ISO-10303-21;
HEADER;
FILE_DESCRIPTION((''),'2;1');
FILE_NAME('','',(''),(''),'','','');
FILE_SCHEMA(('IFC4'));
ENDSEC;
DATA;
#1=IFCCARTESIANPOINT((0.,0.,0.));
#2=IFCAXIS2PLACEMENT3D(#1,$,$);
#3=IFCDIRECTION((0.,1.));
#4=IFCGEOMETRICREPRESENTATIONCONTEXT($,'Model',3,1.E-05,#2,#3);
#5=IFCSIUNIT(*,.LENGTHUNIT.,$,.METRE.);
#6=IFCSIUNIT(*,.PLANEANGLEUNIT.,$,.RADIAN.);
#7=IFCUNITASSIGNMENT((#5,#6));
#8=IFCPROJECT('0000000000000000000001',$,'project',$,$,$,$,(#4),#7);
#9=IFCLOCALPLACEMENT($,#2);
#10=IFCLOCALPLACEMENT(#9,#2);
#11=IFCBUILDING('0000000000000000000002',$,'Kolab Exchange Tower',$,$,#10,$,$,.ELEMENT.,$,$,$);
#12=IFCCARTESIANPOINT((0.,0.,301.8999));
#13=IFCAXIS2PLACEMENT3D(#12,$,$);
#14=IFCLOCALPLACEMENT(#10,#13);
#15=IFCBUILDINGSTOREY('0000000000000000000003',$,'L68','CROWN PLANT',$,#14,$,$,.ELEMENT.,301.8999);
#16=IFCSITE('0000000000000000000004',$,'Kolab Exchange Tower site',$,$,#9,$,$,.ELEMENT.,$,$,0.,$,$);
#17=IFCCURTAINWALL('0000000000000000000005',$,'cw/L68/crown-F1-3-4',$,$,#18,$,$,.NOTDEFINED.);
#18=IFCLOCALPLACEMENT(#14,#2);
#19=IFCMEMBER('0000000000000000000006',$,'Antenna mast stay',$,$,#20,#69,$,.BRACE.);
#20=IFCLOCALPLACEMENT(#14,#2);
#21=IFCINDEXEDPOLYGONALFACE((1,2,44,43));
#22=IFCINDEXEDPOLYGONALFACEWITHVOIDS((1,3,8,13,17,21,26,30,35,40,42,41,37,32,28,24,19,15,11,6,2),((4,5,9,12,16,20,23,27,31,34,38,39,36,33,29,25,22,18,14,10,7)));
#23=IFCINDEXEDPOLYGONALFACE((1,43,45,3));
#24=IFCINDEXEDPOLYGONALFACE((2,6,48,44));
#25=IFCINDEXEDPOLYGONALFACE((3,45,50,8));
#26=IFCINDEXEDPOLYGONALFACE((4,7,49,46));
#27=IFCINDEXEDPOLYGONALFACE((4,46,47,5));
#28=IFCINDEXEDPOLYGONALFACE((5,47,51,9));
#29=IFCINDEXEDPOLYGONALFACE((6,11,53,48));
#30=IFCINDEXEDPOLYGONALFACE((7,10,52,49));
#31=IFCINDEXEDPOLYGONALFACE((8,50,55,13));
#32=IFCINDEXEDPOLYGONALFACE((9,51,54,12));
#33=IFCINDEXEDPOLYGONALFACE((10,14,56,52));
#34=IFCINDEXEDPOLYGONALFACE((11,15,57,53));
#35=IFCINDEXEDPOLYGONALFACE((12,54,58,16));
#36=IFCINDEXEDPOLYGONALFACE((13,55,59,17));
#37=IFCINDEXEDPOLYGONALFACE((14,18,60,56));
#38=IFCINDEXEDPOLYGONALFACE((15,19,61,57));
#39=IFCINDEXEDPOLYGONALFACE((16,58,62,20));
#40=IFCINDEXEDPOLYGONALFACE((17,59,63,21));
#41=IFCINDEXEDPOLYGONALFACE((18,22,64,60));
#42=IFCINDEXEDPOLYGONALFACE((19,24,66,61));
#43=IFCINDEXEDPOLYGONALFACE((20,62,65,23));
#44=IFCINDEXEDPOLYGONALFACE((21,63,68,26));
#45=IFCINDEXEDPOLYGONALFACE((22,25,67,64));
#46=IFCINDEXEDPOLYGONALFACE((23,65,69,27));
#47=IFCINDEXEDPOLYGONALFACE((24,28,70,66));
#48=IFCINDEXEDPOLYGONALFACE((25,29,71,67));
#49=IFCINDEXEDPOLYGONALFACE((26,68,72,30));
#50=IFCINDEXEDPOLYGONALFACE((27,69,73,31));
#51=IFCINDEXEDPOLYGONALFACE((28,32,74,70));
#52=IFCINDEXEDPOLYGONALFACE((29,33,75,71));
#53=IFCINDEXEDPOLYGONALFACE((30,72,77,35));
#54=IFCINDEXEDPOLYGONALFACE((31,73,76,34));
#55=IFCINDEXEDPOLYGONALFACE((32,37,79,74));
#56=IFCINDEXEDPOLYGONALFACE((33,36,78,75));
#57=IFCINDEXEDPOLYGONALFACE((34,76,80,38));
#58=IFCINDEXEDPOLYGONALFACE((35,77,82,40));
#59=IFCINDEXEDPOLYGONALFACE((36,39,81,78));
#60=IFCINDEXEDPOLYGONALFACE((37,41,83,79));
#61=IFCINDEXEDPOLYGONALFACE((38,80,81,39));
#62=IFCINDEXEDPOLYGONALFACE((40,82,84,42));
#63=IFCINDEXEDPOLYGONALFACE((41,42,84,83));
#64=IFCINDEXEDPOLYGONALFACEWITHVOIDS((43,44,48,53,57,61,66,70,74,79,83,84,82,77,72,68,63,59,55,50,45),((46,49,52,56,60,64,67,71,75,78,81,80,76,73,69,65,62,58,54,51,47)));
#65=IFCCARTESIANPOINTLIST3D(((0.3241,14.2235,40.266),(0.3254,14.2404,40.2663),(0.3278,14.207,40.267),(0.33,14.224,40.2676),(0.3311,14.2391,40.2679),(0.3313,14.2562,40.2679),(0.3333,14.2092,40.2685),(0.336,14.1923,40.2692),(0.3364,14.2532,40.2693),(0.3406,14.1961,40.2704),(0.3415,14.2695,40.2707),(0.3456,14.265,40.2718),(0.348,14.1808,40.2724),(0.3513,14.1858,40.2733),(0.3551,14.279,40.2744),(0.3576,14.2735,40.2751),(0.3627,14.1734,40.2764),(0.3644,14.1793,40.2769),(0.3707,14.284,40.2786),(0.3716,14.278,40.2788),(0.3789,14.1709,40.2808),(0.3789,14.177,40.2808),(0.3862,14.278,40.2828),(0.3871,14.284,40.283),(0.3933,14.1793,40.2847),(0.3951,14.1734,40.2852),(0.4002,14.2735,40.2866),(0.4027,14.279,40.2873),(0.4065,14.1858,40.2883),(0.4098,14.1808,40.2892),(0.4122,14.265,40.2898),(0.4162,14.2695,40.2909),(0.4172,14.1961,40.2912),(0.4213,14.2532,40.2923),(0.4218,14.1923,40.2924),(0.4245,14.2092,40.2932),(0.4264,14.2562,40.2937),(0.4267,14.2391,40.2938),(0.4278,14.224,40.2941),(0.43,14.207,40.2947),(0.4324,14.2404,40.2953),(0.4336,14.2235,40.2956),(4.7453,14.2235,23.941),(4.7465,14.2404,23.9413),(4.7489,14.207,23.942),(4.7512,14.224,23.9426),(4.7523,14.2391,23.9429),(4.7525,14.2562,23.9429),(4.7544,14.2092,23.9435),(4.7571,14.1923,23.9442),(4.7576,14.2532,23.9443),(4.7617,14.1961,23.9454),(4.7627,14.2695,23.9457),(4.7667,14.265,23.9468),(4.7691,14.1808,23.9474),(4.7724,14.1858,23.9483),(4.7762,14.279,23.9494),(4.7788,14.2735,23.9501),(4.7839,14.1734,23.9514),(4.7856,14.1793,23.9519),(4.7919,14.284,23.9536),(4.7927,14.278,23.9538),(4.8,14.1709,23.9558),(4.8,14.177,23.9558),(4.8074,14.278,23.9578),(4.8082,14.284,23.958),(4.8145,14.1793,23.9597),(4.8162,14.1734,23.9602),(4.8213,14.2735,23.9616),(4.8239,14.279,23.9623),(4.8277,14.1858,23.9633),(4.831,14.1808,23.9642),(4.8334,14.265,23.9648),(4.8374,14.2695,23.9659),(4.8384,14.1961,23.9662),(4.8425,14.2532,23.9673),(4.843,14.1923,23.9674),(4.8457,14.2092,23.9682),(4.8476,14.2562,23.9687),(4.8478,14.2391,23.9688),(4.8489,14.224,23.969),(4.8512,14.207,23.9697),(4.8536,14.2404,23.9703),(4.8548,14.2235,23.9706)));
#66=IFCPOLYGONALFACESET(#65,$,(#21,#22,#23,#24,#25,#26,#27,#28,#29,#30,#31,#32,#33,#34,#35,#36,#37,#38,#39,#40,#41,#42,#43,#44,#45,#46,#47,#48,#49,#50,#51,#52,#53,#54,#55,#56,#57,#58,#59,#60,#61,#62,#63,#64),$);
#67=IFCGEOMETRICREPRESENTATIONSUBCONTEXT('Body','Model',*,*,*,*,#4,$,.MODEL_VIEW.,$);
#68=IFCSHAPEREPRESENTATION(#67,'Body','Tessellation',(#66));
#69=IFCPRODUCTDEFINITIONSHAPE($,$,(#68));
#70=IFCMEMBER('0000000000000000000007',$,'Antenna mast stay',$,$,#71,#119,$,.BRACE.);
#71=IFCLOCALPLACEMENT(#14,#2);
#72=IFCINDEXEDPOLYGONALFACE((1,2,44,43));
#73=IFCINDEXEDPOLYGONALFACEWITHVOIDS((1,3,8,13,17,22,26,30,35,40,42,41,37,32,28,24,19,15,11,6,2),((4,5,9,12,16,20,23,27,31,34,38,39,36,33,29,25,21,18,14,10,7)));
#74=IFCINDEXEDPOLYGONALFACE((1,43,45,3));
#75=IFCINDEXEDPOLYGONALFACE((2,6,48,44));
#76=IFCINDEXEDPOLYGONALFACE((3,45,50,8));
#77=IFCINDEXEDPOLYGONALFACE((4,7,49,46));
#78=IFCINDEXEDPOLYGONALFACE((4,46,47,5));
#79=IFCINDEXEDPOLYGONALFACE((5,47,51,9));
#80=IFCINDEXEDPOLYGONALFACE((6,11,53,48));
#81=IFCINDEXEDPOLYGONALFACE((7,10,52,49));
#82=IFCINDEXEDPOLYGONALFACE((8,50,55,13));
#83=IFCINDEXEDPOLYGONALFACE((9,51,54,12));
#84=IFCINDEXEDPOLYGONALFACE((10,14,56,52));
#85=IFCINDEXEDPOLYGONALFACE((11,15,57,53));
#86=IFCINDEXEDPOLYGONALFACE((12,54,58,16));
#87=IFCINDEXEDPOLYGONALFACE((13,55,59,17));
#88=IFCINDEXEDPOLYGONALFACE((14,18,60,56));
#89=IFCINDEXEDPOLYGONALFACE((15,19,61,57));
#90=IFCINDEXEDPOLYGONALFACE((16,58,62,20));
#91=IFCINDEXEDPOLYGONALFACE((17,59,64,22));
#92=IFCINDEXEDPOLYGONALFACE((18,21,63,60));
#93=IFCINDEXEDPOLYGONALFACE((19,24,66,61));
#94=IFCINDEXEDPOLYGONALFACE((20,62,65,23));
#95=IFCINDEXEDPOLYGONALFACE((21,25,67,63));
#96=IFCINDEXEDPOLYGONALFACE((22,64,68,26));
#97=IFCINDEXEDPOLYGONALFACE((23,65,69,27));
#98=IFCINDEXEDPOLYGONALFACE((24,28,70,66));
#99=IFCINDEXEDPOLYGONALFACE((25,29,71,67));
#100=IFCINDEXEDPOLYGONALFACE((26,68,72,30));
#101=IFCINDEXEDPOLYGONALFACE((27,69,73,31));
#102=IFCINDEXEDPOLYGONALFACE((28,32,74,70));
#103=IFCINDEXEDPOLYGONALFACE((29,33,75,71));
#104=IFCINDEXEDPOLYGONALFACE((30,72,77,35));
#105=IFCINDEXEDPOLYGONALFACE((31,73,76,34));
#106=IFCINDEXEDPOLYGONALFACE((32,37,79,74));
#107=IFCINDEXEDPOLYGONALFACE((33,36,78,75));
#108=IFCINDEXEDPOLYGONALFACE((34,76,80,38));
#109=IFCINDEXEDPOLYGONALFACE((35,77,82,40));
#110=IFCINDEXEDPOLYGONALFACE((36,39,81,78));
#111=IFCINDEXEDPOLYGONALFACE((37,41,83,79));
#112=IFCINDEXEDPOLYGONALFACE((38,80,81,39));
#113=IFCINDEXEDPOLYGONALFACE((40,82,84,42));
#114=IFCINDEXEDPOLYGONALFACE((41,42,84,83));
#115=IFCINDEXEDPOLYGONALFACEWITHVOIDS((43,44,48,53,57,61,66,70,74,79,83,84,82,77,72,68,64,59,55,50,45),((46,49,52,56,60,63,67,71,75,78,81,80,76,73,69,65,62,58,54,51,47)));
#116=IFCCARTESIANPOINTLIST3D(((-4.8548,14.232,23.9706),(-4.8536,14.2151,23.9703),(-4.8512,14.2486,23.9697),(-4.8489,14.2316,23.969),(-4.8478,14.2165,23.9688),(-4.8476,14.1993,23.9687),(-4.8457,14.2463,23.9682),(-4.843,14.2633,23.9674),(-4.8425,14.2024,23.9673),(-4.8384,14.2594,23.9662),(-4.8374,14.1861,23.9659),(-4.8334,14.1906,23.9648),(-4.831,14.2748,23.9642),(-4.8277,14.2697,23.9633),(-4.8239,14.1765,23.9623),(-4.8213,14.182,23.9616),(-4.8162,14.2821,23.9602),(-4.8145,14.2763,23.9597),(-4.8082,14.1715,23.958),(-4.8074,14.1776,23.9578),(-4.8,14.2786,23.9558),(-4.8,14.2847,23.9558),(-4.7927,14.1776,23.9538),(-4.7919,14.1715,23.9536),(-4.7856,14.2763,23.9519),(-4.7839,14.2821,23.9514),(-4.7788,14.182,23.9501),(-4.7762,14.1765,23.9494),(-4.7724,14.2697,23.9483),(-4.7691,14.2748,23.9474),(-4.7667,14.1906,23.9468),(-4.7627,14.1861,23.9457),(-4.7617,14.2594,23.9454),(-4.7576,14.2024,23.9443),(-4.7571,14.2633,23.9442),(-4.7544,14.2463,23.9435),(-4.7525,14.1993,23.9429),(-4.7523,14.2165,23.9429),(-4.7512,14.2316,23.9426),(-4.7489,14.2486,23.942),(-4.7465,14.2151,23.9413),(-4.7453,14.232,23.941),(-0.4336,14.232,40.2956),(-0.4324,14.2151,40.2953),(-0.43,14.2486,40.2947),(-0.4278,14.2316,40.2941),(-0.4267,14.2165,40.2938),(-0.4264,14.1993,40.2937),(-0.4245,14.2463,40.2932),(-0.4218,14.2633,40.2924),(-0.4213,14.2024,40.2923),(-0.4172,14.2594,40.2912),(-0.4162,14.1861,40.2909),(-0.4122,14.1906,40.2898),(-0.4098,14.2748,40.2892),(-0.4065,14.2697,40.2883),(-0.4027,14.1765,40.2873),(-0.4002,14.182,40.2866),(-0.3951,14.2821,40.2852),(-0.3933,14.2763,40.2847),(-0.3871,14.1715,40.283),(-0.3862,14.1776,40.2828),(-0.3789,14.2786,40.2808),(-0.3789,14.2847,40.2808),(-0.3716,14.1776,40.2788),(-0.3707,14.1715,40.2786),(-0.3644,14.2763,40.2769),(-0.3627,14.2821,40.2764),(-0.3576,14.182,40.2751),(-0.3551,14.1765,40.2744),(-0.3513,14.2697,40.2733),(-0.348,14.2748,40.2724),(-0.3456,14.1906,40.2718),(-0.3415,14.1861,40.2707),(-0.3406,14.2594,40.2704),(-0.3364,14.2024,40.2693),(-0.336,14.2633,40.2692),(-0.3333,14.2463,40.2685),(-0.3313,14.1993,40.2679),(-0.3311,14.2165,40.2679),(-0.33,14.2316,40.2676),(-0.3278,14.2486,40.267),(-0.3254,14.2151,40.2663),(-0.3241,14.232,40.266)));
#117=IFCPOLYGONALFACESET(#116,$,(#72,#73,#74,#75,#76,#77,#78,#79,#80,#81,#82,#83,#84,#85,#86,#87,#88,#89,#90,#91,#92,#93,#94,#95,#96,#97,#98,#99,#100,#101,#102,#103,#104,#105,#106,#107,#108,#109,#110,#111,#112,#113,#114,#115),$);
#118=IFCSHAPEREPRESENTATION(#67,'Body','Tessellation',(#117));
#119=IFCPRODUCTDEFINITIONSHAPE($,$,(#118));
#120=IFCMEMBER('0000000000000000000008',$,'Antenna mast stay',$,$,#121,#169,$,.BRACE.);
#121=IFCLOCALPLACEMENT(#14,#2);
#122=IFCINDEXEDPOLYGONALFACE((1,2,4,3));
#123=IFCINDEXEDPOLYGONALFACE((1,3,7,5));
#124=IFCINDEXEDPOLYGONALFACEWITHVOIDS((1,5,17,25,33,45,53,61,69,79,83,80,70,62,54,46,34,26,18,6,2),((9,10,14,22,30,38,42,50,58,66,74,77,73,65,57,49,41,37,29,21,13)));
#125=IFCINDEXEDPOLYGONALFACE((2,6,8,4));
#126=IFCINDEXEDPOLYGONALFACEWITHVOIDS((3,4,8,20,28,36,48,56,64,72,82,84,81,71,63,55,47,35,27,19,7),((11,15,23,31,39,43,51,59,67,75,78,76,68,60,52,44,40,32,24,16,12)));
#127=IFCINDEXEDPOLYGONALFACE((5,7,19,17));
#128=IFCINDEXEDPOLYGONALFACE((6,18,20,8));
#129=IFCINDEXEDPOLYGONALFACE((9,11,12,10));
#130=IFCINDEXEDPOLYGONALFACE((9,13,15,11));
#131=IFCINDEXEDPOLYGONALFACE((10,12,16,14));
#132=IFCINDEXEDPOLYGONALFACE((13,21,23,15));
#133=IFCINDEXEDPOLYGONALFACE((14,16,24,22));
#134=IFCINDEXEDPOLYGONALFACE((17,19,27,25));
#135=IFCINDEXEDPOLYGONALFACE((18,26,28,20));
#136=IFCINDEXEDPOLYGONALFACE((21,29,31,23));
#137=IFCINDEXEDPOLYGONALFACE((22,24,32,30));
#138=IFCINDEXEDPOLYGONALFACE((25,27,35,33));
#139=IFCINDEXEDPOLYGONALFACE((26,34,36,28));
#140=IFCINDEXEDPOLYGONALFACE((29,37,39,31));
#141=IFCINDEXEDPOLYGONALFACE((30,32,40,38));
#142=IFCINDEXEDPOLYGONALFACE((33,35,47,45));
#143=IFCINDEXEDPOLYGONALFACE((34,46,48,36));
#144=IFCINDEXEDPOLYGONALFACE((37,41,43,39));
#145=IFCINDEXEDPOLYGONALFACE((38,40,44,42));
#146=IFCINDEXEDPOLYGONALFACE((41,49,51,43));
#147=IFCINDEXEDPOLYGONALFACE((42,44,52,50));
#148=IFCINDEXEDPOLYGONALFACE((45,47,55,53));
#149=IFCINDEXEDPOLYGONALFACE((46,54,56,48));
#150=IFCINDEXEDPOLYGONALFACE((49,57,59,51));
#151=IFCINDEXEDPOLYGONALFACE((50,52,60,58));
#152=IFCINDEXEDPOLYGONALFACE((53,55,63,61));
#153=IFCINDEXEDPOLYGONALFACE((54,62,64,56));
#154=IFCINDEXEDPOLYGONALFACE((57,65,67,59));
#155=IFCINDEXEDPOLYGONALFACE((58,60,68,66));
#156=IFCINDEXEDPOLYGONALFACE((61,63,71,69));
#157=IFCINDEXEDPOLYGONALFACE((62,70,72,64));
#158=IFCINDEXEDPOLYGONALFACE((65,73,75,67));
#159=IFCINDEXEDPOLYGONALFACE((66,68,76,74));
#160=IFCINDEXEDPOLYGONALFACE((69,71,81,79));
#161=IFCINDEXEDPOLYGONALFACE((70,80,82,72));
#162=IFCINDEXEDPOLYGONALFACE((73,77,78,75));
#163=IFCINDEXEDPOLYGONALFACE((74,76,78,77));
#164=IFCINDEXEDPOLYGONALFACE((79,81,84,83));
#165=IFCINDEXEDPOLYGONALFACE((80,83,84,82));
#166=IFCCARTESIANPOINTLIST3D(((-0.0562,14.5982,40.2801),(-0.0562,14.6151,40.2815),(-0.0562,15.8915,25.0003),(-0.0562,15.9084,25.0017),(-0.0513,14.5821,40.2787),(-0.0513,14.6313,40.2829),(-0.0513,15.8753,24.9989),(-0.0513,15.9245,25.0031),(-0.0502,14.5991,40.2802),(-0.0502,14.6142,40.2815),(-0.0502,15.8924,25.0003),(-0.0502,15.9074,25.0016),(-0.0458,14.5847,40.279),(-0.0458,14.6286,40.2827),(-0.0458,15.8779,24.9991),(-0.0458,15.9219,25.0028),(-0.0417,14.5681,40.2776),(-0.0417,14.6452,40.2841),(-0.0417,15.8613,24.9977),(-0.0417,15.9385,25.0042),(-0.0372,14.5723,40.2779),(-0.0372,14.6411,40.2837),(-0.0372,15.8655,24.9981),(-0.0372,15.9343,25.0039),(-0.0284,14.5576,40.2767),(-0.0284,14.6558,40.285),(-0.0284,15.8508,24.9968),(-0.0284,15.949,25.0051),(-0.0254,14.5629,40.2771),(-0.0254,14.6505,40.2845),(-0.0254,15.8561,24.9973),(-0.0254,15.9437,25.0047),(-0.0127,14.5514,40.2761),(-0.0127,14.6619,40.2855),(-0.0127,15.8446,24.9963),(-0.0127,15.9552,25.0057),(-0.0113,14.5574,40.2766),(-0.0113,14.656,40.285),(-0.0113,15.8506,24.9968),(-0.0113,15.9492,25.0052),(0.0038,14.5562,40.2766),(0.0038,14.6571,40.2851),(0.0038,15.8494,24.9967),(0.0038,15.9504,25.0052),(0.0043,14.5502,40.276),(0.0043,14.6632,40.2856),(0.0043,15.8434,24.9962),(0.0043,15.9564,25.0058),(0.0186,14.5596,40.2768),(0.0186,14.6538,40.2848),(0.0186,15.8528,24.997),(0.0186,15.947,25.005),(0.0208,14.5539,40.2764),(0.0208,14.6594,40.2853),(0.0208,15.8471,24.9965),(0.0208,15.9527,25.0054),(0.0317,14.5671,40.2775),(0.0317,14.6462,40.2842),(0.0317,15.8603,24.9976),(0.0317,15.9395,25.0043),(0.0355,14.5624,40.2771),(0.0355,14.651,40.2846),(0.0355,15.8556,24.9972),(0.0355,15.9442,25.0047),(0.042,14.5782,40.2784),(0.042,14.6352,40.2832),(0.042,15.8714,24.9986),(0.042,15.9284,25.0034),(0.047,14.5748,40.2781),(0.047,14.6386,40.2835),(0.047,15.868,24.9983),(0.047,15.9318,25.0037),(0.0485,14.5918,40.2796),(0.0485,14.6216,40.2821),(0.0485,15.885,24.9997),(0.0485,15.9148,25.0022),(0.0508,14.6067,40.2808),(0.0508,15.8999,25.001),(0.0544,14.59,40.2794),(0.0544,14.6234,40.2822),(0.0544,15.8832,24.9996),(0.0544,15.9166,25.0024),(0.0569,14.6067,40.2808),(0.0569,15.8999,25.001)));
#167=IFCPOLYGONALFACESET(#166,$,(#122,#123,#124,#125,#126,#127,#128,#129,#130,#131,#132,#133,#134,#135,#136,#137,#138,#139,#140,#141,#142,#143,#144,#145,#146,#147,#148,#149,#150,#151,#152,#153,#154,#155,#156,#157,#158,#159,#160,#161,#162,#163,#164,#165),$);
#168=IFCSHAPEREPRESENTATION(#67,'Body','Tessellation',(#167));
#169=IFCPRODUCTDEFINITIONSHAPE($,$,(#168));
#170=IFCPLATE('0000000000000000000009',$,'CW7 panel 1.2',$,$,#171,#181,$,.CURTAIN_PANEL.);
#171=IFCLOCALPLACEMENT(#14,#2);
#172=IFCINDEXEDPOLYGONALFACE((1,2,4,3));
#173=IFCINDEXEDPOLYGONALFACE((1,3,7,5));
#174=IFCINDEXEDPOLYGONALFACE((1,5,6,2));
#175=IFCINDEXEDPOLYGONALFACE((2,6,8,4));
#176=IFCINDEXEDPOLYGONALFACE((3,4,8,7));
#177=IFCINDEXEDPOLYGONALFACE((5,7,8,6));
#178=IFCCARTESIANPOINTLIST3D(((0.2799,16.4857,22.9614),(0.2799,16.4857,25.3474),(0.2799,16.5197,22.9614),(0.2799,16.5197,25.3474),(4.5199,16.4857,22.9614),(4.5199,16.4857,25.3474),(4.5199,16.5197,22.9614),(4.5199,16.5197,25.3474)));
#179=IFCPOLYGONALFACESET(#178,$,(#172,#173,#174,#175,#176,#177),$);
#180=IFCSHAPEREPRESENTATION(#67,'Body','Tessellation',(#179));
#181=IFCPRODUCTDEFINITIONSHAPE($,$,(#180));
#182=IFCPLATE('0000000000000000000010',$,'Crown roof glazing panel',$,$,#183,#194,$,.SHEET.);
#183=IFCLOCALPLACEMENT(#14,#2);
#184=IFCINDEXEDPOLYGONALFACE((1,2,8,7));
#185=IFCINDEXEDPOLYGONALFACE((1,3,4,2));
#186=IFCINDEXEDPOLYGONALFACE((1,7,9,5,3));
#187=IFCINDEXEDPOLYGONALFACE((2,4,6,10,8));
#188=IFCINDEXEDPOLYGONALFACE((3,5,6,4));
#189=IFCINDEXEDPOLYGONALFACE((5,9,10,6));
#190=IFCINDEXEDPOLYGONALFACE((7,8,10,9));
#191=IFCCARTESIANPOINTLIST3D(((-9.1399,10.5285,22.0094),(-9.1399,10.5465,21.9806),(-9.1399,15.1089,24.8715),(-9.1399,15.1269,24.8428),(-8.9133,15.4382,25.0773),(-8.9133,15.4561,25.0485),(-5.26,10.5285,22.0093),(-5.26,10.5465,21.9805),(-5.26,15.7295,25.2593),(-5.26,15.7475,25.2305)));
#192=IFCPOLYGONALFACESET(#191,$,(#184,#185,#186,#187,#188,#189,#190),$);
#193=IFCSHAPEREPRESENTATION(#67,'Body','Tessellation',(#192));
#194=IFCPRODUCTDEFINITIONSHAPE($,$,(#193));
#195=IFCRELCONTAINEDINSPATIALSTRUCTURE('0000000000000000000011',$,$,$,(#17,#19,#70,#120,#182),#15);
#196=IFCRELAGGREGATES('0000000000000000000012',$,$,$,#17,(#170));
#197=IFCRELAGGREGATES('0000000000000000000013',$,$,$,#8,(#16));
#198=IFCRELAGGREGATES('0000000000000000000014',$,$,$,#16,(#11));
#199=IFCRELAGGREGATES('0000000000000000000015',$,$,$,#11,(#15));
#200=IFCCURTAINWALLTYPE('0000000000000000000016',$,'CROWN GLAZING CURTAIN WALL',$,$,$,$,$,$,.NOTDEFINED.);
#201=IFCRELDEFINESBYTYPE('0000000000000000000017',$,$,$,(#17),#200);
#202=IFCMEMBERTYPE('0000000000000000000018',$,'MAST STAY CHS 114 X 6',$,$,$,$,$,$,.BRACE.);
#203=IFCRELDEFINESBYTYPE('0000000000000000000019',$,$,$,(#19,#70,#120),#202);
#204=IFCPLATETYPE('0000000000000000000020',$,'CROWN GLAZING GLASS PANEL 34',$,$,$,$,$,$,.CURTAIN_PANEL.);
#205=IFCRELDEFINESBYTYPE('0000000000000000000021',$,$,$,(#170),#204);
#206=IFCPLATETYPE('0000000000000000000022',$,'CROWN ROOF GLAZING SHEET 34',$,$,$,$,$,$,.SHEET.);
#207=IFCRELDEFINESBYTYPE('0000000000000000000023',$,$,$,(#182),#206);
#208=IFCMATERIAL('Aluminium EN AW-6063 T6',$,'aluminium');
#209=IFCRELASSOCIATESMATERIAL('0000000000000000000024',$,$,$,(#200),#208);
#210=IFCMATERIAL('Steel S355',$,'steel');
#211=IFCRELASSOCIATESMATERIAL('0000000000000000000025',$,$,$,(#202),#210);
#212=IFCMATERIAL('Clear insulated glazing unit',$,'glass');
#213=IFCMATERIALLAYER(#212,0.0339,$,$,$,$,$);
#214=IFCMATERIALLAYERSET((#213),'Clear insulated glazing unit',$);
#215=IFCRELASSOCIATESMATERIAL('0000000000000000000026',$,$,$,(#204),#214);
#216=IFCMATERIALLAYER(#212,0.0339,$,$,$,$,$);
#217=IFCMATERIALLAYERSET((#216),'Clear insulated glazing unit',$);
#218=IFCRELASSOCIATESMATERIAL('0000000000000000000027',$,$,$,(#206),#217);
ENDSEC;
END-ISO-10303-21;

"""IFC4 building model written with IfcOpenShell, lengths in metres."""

from ifc_helpers import new_model, si_unit, direction, frame, origin, origin_2d, place, context, subcontext, project, spatial, polyline, rectangle, hollow_circle, outline, extrude, material, layer, layer_set, material_profile, profile_set, type_object, element, aggregate, save


model = new_model("IFC4")

# Units and contexts
model_context = context("Model", 3, precision=1e-05, world=origin(), true_north=direction((0.0, 1.0)))
body_context = subcontext(model_context, "Body", "Model", "MODEL_VIEW")
ifc_project = project(units=[si_unit("LENGTHUNIT", "METRE"), si_unit("PLANEANGLEUNIT", "RADIAN")], contexts=[model_context])

# Site, building, storey
site_placement = place(None, origin())
site = spatial("IfcSite", under=ifc_project, at=site_placement, Name="Kolab Exchange Tower site", CompositionType="ELEMENT", RefElevation=0.0)
building_placement = place(site_placement, origin())
building = spatial("IfcBuilding", under=site, at=building_placement, Name="Kolab Exchange Tower", CompositionType="ELEMENT")
storey_placement = place(building_placement, frame((0.0, 0.0, 301.8999)))
storey = spatial("IfcBuildingStorey", under=building, at=storey_placement, Name="L68", Description="CROWN PLANT", CompositionType="ELEMENT", Elevation=301.8999)

# Shared definitions
ifc_material_1 = material(Name="Steel S355", Category="steel")

# Curtain wall
ifc_material_2 = material(Name="Aluminium EN AW-6063 T6", Category="aluminium")
curtain_wall_type = type_object("IfcCurtainWallType", Name="CROWN GLAZING CURTAIN WALL", PredefinedType="NOTDEFINED", material=ifc_material_2)
curtain_wall_1_placement = place(storey_placement, origin())
curtain_wall_1 = element("IfcCurtainWall", 1, at=curtain_wall_1_placement, inside=storey, type_object=curtain_wall_type, Name="cw/L68/crown-F1-3-4", PredefinedType="NOTDEFINED")

# Members
ifc_material_profile_1 = material_profile(ifc_material_1, hollow_circle(Radius=0.0569, WallThickness=0.0061, at=origin_2d()), Name="CHS 114X6")
ifc_profile_set_1 = profile_set([ifc_material_profile_1], Name="Steel S355")
member_type_1 = type_object("IfcMemberType", Name="MAST STAY CHS 114 X 6", PredefinedType="BRACE", material=ifc_profile_set_1)
for number, where, z_axis, x_axis, name in (
    (2, (4.8, 14.2278, 23.9558), (-0.261405, 0.0, 0.965229), (0.0, -1.0, 0.0), "Antenna mast stay"),
    (3, (-4.8, 14.2278, 23.9558), (0.261405, 0.0, 0.965229), (0.0, 1.0, 0.0), "Antenna mast stay"),
):
    element("IfcMember", number, at=place(storey_placement, frame(where, z_axis=z_axis, x_axis=x_axis)), inside=storey, type_object=member_type_1, Name=name, PredefinedType="BRACE", context=body_context, shape_type="SweptSolid", body=[
        extrude(hollow_circle(Radius=0.0569, WallThickness=0.0061, at=origin_2d()), origin(), (0.0, 0.0, 1.0), 16.9131),
    ])
member_1_placement = place(storey_placement, frame((0.0, 15.8999, 25.001), z_axis=(0.0, -0.084334, 0.996438), x_axis=(1.0, 0.0, 0.0)))
element("IfcMember", 4, at=member_1_placement, inside=storey, type_object=member_type_1, Name="Antenna mast stay", PredefinedType="BRACE", context=body_context, shape_type="SweptSolid", body=[
    extrude(hollow_circle(Radius=0.0569, WallThickness=0.0061, at=origin_2d()), origin(), (0.0, 0.0, 1.0), 15.3345),
])

# Plate
ifc_material_3 = material(Name="Clear insulated glazing unit", Category="glass")
ifc_layer_1 = layer(ifc_material_3, 0.0339)
ifc_layer_set_1 = layer_set([ifc_layer_1], Name="Clear insulated glazing unit")
plate_type_1 = type_object("IfcPlateType", Name="CROWN GLAZING GLASS PANEL 34", PredefinedType="CURTAIN_PANEL", material=ifc_layer_set_1)
plate_1_placement = place(storey_placement, frame((2.3999, 16.5027, 22.9614), z_axis=(0.0, 0.0, 1.0), x_axis=(1.0, 0.0, 0.0)))
plate_1 = element("IfcPlate", 5, at=plate_1_placement, type_object=plate_type_1, Name="CW7 panel 1.2", PredefinedType="CURTAIN_PANEL", context=body_context, shape_type="SweptSolid", body=[
    extrude(rectangle(XDim=4.24, YDim=0.0339, at=origin_2d()), origin(), (0.0, 0.0, 1.0), 2.386),
])
aggregate(curtain_wall_1, [plate_1])

# Plate
ifc_layer_2 = layer(ifc_material_3, 0.0339)
ifc_layer_set_2 = layer_set([ifc_layer_2], Name="Clear insulated glazing unit")
plate_type_2 = type_object("IfcPlateType", Name="CROWN ROOF GLAZING SHEET 34", PredefinedType="SHEET", material=ifc_layer_set_2)
plate_2_placement = place(storey_placement, frame((-5.26, 15.7295, 25.2593), z_axis=(0.00001, -0.529924, 0.848045), x_axis=(0.0, -0.848045, -0.529924)))
element("IfcPlate", 6, at=plate_2_placement, inside=storey, type_object=plate_type_2, Name="Crown roof glazing panel", PredefinedType="SHEET", context=body_context, shape_type="SweptSolid", body=[
    extrude(outline(polyline([(0.0, 0.0), (6.1329, 0.0), (6.1329, -3.8799), (0.7318, -3.8799), (0.3435, -3.6533), (0.0, 0.0)])), origin(), (0.0, 0.0, -1.0), 0.0339),
])

save(model, "model.ifc")
